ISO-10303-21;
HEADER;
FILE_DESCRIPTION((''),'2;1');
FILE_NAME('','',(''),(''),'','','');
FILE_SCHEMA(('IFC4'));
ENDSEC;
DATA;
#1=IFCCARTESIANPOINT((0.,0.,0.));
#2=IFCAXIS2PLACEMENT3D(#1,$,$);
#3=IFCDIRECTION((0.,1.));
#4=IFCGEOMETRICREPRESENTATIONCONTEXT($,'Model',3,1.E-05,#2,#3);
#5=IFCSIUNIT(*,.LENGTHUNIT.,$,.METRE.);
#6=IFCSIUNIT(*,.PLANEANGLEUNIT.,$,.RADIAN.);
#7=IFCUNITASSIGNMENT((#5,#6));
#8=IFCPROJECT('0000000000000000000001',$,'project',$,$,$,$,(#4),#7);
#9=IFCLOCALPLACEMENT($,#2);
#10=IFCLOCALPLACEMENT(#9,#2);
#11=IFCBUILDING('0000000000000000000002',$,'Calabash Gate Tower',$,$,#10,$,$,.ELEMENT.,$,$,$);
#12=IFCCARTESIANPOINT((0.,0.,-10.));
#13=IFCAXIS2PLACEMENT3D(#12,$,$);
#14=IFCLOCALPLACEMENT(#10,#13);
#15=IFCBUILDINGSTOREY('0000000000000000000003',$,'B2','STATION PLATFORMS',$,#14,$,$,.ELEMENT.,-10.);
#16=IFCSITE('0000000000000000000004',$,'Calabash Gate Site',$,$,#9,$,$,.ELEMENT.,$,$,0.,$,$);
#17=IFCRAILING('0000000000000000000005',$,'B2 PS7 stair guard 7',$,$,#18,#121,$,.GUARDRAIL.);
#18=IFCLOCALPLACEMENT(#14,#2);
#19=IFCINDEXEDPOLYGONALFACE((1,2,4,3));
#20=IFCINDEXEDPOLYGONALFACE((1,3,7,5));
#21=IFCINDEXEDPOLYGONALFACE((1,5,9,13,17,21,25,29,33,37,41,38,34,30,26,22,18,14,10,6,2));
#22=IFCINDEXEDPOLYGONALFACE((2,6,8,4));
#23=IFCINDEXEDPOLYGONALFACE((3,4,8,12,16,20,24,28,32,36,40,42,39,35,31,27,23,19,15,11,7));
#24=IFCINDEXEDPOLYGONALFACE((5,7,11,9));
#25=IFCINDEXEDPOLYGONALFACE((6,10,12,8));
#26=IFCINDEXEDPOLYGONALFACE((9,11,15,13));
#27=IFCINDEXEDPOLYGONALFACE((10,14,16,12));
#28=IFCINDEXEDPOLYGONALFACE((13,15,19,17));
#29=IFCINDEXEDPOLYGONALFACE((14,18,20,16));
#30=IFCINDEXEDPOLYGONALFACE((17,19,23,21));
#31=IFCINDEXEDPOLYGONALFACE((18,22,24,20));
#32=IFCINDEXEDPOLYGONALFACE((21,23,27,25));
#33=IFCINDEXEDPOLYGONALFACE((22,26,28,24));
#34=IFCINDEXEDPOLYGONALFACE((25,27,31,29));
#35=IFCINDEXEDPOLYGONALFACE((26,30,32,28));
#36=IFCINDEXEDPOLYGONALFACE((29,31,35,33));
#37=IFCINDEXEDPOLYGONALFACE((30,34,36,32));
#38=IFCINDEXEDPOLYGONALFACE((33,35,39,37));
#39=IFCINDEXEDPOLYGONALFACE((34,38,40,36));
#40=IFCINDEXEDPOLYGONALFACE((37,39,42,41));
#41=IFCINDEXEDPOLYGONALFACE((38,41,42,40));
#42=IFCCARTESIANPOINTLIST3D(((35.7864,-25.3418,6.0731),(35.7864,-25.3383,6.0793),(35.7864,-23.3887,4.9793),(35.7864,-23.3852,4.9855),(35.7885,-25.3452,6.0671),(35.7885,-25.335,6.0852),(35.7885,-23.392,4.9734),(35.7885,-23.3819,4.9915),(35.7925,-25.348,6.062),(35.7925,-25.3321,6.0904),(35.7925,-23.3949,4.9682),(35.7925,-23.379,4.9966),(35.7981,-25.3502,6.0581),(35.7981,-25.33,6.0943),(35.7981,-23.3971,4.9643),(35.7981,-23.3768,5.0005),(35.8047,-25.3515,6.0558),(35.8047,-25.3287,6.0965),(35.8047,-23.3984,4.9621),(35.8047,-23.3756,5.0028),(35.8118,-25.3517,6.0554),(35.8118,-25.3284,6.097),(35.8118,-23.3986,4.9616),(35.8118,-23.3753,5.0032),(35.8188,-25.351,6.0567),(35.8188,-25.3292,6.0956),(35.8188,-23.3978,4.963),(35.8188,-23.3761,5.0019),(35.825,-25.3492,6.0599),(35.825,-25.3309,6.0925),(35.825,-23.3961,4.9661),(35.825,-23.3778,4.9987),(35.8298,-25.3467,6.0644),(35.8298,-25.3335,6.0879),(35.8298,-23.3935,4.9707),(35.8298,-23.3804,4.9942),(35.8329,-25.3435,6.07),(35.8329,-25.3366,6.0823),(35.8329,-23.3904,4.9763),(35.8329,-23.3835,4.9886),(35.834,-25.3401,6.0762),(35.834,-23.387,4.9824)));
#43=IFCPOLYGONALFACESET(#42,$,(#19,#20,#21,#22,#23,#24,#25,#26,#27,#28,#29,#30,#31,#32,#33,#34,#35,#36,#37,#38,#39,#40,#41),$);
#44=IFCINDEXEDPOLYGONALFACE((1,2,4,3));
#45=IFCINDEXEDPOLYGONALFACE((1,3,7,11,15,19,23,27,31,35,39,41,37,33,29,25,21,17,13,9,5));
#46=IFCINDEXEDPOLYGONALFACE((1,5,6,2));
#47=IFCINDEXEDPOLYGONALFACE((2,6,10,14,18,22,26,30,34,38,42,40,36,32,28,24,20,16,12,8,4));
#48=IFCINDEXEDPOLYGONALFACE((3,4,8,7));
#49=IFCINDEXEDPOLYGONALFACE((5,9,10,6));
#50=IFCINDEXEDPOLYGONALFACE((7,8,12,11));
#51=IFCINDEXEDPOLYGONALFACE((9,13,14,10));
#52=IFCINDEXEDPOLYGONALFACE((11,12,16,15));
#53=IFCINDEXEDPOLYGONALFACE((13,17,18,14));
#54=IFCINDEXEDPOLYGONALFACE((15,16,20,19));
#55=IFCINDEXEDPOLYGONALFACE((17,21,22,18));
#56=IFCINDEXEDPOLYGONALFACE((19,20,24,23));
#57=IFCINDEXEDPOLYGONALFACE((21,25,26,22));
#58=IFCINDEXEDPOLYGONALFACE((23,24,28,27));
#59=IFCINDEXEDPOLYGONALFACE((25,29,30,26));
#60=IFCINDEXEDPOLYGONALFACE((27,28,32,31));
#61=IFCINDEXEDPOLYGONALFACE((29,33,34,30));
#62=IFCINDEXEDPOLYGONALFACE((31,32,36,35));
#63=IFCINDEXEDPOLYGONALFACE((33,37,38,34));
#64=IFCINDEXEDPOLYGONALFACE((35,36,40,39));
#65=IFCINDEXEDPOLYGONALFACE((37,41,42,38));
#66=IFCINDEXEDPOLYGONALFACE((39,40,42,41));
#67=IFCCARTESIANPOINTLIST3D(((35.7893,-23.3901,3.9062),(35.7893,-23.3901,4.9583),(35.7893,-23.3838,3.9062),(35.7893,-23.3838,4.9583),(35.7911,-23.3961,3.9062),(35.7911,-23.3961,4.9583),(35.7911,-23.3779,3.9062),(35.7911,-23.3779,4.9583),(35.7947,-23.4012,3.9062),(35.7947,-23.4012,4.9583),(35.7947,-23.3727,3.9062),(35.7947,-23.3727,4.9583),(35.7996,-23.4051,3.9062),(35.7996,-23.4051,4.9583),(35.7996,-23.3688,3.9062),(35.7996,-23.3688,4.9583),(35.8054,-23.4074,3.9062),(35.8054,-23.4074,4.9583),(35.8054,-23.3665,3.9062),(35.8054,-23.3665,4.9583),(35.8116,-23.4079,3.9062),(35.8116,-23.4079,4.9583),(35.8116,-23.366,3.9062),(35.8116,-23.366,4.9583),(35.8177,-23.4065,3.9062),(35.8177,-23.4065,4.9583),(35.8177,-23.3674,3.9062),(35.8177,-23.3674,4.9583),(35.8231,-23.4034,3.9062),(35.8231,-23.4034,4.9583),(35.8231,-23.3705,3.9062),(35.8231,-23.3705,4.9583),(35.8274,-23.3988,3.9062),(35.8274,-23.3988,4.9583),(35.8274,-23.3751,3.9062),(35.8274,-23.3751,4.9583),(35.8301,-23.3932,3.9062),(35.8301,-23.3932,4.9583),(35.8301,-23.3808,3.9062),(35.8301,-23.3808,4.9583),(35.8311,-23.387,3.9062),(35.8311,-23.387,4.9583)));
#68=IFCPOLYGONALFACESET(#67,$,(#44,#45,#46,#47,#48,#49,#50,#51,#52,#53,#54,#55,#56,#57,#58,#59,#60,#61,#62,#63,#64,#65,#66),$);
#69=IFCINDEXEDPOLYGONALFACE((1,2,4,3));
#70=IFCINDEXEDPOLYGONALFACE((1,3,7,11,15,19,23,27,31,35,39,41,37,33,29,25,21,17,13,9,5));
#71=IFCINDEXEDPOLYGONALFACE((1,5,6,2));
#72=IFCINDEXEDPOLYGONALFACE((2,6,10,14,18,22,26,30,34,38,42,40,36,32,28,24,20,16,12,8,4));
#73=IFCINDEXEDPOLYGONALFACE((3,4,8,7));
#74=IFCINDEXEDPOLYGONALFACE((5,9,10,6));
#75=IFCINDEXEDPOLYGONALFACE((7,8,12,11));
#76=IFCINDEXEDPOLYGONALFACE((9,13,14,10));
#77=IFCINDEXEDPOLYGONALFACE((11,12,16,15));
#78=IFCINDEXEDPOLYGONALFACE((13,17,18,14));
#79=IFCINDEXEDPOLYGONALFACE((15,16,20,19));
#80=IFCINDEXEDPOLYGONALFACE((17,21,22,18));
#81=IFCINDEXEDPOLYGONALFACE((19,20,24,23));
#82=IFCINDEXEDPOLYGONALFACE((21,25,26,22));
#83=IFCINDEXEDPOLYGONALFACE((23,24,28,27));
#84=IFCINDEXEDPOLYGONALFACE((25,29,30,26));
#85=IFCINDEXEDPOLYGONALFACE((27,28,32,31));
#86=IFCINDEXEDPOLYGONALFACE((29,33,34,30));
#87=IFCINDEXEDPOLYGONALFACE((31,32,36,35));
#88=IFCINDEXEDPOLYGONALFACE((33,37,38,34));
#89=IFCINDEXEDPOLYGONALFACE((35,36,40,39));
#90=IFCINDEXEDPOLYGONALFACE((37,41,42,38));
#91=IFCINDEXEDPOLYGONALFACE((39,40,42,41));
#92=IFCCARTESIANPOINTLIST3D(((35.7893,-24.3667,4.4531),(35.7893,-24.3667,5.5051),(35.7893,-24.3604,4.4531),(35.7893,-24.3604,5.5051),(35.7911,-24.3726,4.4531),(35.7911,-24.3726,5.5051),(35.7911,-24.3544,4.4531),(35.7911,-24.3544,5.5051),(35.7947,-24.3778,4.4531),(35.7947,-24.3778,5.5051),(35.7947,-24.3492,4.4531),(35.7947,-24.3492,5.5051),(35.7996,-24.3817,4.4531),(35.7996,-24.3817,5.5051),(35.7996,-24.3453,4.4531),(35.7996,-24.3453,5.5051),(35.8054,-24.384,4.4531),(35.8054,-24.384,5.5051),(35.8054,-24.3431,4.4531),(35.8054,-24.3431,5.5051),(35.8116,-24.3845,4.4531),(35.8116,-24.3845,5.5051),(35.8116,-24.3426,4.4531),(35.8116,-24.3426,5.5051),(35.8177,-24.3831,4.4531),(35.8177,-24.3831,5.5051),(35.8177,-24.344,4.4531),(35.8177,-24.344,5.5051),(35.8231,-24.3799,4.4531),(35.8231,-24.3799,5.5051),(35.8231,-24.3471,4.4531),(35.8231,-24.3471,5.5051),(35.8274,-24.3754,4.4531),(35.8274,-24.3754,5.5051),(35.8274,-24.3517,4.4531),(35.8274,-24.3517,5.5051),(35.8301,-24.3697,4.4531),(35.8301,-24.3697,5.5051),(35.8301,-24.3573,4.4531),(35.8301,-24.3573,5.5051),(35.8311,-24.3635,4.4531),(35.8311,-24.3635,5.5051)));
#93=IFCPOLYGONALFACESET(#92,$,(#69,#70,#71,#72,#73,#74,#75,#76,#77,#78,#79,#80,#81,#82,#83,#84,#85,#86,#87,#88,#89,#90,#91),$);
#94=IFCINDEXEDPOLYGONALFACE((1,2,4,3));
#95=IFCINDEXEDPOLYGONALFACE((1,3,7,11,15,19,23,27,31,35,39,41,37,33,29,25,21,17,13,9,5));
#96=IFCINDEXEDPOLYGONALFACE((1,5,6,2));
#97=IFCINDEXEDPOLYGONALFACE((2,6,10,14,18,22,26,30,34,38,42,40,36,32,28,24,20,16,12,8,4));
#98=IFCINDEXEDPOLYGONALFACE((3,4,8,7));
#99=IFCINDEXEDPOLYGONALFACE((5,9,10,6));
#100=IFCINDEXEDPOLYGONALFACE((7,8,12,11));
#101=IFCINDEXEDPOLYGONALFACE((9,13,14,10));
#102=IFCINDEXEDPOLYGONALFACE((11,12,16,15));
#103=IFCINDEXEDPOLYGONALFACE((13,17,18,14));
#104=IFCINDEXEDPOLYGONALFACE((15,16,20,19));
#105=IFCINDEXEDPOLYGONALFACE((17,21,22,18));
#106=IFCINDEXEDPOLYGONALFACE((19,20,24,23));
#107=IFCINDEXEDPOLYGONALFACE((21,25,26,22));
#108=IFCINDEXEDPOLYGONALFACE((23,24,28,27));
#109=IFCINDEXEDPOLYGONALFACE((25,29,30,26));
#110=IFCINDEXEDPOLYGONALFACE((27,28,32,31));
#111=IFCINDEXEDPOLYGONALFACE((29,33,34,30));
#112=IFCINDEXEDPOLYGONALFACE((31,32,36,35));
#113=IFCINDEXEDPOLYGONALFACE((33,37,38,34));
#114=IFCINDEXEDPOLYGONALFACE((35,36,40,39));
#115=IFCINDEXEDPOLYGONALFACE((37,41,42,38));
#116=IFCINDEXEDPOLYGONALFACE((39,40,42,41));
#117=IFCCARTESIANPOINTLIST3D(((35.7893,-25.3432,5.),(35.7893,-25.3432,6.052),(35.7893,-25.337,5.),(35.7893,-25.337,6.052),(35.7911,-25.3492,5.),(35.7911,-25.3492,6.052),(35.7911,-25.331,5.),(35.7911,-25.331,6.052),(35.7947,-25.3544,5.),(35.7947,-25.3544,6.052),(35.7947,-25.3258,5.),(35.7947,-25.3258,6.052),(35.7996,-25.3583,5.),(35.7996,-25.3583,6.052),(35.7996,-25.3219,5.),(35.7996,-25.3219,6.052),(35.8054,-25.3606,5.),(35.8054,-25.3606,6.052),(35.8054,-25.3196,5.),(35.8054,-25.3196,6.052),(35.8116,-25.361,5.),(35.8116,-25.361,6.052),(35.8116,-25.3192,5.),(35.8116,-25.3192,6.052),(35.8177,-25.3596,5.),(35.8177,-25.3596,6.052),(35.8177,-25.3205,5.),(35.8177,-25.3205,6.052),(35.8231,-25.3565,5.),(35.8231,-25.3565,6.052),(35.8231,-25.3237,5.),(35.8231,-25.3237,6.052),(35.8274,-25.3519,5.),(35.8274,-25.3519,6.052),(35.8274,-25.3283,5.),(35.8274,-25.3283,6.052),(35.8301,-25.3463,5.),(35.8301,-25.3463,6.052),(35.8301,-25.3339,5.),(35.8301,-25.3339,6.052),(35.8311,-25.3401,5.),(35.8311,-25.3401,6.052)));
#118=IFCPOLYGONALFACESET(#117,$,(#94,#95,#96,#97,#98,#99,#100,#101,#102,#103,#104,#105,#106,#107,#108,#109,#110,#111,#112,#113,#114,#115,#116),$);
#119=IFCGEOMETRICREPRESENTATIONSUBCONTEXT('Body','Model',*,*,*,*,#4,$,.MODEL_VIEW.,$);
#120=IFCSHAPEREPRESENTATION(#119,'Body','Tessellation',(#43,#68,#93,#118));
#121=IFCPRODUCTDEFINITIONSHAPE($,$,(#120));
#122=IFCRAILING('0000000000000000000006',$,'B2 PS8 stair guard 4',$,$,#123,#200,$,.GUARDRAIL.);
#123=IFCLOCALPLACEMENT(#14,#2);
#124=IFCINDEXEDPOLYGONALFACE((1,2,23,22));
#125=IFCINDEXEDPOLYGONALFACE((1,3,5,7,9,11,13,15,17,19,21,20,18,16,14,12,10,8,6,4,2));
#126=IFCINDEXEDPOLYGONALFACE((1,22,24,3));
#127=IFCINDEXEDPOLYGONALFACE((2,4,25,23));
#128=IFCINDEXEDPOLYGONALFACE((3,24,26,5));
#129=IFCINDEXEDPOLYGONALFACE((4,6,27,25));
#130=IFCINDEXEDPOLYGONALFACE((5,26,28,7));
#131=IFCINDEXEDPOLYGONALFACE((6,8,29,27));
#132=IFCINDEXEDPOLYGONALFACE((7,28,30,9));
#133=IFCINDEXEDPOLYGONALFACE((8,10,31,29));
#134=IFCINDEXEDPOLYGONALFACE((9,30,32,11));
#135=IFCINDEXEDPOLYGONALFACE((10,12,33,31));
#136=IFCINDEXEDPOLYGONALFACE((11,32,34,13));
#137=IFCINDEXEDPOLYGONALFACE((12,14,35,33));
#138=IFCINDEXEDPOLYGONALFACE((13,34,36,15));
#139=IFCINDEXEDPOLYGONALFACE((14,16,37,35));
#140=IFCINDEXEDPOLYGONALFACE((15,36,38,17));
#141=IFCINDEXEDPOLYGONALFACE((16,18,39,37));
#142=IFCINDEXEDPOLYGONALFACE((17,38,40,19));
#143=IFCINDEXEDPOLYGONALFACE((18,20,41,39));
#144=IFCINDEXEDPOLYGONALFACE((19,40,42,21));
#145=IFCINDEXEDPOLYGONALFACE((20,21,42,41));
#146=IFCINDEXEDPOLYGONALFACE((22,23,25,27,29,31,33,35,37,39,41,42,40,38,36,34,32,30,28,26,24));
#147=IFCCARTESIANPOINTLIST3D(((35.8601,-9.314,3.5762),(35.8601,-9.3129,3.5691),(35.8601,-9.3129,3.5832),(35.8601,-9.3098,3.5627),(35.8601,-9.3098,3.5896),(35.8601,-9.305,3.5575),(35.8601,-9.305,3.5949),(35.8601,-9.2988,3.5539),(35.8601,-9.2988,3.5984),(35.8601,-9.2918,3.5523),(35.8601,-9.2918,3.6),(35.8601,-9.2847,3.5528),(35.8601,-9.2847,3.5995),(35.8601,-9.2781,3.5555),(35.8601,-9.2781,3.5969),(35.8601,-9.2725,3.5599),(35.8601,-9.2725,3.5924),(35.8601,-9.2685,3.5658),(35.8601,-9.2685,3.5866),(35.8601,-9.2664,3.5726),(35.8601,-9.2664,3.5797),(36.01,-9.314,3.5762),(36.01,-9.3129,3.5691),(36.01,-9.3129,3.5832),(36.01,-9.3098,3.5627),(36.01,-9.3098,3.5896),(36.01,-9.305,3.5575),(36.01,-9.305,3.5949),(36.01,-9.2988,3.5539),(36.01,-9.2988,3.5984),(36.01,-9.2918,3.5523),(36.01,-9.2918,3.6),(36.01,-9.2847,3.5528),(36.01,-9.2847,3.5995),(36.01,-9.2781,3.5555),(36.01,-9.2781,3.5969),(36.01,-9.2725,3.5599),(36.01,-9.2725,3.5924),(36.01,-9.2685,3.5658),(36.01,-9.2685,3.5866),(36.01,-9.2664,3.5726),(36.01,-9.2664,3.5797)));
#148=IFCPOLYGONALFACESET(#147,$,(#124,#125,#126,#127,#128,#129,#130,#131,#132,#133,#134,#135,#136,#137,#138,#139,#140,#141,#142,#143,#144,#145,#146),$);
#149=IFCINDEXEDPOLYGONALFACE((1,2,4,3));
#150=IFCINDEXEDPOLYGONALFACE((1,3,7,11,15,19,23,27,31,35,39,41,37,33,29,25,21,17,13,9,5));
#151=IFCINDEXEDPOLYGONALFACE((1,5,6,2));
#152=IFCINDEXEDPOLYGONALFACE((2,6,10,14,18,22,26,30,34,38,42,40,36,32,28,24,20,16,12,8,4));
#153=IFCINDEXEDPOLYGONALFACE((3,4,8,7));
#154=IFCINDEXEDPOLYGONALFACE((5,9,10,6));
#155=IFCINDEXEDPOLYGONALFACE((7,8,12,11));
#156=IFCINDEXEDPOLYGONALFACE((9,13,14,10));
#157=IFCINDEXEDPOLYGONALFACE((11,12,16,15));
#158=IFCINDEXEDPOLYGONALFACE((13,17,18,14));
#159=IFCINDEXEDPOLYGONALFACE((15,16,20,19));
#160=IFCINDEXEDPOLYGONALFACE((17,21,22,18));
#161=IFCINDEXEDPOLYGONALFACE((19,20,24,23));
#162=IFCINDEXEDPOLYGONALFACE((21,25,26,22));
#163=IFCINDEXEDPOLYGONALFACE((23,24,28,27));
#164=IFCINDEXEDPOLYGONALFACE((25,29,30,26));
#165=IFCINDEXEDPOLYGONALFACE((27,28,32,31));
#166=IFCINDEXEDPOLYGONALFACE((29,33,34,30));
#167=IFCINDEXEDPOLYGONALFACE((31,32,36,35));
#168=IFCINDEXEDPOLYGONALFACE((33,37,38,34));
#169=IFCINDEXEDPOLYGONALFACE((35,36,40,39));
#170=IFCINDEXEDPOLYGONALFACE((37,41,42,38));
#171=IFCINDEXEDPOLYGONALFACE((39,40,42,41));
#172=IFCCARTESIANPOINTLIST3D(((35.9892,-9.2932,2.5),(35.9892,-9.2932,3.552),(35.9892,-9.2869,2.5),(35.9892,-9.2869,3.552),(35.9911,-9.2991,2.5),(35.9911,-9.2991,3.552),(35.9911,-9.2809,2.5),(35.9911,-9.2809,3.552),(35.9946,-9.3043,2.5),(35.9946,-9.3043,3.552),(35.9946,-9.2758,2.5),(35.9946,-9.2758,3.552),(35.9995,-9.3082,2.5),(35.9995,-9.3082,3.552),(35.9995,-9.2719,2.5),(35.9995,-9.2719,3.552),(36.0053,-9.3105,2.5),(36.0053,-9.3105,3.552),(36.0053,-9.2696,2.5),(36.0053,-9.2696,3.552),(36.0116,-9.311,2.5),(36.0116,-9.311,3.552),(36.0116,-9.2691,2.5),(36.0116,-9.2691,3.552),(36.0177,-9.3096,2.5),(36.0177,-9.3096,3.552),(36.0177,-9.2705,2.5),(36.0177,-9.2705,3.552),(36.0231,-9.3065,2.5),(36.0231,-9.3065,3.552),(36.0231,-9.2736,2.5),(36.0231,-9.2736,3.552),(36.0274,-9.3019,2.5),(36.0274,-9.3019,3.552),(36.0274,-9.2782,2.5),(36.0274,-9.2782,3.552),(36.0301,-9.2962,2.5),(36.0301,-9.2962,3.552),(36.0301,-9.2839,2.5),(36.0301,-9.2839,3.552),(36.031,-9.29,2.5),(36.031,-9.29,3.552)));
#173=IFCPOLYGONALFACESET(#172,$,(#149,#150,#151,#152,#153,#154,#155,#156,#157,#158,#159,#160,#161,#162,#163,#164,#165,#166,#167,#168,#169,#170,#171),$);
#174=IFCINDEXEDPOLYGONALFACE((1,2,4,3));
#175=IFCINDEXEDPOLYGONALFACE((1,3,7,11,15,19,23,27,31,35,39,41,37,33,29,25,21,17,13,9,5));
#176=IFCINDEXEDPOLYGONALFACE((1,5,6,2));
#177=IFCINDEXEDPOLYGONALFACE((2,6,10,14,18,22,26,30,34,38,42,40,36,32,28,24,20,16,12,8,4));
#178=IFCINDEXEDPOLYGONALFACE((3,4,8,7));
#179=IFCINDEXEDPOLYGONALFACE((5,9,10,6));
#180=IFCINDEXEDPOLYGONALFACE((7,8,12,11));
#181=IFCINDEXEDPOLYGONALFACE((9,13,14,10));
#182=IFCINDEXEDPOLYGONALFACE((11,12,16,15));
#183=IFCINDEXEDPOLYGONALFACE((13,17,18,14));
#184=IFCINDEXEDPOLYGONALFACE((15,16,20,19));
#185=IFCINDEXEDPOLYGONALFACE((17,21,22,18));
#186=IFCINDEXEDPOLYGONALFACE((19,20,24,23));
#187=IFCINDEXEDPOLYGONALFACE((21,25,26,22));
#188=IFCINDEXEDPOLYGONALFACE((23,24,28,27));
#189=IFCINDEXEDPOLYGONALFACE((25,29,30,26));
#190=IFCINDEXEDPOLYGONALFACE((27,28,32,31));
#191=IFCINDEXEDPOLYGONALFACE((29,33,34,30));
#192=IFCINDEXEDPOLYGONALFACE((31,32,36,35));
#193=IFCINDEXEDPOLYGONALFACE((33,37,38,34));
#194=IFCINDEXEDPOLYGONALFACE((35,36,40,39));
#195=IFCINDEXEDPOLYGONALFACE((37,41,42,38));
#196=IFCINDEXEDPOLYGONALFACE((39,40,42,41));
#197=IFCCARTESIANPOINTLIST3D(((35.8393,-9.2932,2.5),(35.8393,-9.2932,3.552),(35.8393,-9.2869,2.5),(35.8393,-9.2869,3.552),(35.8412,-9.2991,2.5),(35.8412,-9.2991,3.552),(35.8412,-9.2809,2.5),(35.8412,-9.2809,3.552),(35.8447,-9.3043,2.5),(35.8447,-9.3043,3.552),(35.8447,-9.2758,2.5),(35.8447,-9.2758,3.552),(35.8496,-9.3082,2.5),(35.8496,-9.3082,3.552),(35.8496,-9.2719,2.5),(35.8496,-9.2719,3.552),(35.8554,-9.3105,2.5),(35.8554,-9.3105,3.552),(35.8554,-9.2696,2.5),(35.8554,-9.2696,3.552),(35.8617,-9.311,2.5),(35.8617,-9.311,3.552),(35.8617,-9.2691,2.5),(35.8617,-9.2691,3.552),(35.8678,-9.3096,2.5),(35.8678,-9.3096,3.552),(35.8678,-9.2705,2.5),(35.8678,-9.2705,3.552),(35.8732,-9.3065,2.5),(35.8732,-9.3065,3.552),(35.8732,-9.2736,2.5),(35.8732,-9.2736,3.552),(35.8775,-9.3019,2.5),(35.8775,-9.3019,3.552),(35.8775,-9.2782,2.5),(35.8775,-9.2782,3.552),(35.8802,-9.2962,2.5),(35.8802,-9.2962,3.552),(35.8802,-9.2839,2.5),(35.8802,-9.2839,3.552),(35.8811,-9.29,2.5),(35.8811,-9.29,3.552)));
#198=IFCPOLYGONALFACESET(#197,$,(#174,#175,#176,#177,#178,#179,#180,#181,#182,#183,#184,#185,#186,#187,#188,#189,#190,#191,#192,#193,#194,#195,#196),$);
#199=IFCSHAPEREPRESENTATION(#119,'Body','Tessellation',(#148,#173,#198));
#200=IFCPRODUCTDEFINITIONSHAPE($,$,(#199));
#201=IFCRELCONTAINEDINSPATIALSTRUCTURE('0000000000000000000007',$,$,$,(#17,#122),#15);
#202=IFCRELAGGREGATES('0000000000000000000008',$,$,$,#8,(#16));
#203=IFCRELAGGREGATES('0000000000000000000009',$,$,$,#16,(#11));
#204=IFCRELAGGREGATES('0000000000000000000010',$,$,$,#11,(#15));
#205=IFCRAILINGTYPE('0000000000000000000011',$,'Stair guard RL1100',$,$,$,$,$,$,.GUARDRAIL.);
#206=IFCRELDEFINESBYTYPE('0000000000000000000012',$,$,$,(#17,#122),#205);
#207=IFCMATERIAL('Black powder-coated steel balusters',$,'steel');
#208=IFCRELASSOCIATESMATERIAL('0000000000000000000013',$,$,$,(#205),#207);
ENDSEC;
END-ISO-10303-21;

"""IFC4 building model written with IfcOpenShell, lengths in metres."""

from ifc_helpers import new_model, si_unit, direction, frame, origin, origin_2d, place, context, subcontext, project, spatial, circle, extrude, material, type_object, element, save


model = new_model("IFC4")

# Units and contexts
model_context = context("Model", 3, precision=1e-05, world=origin(), true_north=direction((0.0, 1.0)))
body_context = subcontext(model_context, "Body", "Model", "MODEL_VIEW")
ifc_project = project(units=[si_unit("LENGTHUNIT", "METRE"), si_unit("PLANEANGLEUNIT", "RADIAN")], contexts=[model_context])

# Site, building, storey
site_placement = place(None, origin())
site = spatial("IfcSite", under=ifc_project, at=site_placement, Name="Calabash Gate Site", CompositionType="ELEMENT", RefElevation=0.0)
building_placement = place(site_placement, origin())
building = spatial("IfcBuilding", under=site, at=building_placement, Name="Calabash Gate Tower", CompositionType="ELEMENT")
storey_placement = place(building_placement, frame((0.0, 0.0, -10.0)))
storey = spatial("IfcBuildingStorey", under=building, at=storey_placement, Name="B2", Description="STATION PLATFORMS", CompositionType="ELEMENT", Elevation=-10.0)

# Railings
ifc_material_1 = material(Name="Black powder-coated steel balusters", Category="steel")
railing_type_1 = type_object("IfcRailingType", Name="Stair guard RL1100", PredefinedType="GUARDRAIL", material=ifc_material_1)
railing_1_placement = place(storey_placement, frame((35.8101, -23.387, 3.9062)))
element("IfcRailing", 1, at=railing_1_placement, inside=storey, type_object=railing_type_1, Name="B2 PS7 stair guard 7", PredefinedType="GUARDRAIL", context=body_context, shape_type="SweptSolid", body=[
    extrude(circle(Radius=0.0239, at=origin_2d()), frame((0.0, 0.0, 1.0762), z_axis=(0.0, -0.872506, 0.488603), x_axis=(1.0, 0.0, 0.0)), (0.0, 0.0, 1.0), 2.2385),
    extrude(circle(Radius=0.021, at=origin_2d()), origin(), (0.0, 0.0, 1.0), 1.052),
    extrude(circle(Radius=0.021, at=origin_2d()), frame((0.0, -0.9766, 0.5469)), (0.0, 0.0, 1.0), 1.052),
    extrude(circle(Radius=0.021, at=origin_2d()), frame((0.0, -1.9531, 1.0938)), (0.0, 0.0, 1.0), 1.052),
])
railing_2_placement = place(storey_placement, frame((36.01, -9.29, 2.5)))
element("IfcRailing", 2, at=railing_2_placement, inside=storey, type_object=railing_type_1, Name="B2 PS8 stair guard 4", PredefinedType="GUARDRAIL", context=body_context, shape_type="SweptSolid", body=[
    extrude(circle(Radius=0.0239, at=origin_2d()), frame((0.0, 0.0, 1.0762), z_axis=(-1.0, 0.0, 0.0), x_axis=(0.0, -1.0, 0.0)), (0.0, 0.0, 1.0), 0.1499),
    extrude(circle(Radius=0.021, at=origin_2d()), origin(), (0.0, 0.0, 1.0), 1.052),
    extrude(circle(Radius=0.021, at=origin_2d()), frame((-0.1499, 0.0, 0.0)), (0.0, 0.0, 1.0), 1.052),
])

save(model, "model.ifc")
